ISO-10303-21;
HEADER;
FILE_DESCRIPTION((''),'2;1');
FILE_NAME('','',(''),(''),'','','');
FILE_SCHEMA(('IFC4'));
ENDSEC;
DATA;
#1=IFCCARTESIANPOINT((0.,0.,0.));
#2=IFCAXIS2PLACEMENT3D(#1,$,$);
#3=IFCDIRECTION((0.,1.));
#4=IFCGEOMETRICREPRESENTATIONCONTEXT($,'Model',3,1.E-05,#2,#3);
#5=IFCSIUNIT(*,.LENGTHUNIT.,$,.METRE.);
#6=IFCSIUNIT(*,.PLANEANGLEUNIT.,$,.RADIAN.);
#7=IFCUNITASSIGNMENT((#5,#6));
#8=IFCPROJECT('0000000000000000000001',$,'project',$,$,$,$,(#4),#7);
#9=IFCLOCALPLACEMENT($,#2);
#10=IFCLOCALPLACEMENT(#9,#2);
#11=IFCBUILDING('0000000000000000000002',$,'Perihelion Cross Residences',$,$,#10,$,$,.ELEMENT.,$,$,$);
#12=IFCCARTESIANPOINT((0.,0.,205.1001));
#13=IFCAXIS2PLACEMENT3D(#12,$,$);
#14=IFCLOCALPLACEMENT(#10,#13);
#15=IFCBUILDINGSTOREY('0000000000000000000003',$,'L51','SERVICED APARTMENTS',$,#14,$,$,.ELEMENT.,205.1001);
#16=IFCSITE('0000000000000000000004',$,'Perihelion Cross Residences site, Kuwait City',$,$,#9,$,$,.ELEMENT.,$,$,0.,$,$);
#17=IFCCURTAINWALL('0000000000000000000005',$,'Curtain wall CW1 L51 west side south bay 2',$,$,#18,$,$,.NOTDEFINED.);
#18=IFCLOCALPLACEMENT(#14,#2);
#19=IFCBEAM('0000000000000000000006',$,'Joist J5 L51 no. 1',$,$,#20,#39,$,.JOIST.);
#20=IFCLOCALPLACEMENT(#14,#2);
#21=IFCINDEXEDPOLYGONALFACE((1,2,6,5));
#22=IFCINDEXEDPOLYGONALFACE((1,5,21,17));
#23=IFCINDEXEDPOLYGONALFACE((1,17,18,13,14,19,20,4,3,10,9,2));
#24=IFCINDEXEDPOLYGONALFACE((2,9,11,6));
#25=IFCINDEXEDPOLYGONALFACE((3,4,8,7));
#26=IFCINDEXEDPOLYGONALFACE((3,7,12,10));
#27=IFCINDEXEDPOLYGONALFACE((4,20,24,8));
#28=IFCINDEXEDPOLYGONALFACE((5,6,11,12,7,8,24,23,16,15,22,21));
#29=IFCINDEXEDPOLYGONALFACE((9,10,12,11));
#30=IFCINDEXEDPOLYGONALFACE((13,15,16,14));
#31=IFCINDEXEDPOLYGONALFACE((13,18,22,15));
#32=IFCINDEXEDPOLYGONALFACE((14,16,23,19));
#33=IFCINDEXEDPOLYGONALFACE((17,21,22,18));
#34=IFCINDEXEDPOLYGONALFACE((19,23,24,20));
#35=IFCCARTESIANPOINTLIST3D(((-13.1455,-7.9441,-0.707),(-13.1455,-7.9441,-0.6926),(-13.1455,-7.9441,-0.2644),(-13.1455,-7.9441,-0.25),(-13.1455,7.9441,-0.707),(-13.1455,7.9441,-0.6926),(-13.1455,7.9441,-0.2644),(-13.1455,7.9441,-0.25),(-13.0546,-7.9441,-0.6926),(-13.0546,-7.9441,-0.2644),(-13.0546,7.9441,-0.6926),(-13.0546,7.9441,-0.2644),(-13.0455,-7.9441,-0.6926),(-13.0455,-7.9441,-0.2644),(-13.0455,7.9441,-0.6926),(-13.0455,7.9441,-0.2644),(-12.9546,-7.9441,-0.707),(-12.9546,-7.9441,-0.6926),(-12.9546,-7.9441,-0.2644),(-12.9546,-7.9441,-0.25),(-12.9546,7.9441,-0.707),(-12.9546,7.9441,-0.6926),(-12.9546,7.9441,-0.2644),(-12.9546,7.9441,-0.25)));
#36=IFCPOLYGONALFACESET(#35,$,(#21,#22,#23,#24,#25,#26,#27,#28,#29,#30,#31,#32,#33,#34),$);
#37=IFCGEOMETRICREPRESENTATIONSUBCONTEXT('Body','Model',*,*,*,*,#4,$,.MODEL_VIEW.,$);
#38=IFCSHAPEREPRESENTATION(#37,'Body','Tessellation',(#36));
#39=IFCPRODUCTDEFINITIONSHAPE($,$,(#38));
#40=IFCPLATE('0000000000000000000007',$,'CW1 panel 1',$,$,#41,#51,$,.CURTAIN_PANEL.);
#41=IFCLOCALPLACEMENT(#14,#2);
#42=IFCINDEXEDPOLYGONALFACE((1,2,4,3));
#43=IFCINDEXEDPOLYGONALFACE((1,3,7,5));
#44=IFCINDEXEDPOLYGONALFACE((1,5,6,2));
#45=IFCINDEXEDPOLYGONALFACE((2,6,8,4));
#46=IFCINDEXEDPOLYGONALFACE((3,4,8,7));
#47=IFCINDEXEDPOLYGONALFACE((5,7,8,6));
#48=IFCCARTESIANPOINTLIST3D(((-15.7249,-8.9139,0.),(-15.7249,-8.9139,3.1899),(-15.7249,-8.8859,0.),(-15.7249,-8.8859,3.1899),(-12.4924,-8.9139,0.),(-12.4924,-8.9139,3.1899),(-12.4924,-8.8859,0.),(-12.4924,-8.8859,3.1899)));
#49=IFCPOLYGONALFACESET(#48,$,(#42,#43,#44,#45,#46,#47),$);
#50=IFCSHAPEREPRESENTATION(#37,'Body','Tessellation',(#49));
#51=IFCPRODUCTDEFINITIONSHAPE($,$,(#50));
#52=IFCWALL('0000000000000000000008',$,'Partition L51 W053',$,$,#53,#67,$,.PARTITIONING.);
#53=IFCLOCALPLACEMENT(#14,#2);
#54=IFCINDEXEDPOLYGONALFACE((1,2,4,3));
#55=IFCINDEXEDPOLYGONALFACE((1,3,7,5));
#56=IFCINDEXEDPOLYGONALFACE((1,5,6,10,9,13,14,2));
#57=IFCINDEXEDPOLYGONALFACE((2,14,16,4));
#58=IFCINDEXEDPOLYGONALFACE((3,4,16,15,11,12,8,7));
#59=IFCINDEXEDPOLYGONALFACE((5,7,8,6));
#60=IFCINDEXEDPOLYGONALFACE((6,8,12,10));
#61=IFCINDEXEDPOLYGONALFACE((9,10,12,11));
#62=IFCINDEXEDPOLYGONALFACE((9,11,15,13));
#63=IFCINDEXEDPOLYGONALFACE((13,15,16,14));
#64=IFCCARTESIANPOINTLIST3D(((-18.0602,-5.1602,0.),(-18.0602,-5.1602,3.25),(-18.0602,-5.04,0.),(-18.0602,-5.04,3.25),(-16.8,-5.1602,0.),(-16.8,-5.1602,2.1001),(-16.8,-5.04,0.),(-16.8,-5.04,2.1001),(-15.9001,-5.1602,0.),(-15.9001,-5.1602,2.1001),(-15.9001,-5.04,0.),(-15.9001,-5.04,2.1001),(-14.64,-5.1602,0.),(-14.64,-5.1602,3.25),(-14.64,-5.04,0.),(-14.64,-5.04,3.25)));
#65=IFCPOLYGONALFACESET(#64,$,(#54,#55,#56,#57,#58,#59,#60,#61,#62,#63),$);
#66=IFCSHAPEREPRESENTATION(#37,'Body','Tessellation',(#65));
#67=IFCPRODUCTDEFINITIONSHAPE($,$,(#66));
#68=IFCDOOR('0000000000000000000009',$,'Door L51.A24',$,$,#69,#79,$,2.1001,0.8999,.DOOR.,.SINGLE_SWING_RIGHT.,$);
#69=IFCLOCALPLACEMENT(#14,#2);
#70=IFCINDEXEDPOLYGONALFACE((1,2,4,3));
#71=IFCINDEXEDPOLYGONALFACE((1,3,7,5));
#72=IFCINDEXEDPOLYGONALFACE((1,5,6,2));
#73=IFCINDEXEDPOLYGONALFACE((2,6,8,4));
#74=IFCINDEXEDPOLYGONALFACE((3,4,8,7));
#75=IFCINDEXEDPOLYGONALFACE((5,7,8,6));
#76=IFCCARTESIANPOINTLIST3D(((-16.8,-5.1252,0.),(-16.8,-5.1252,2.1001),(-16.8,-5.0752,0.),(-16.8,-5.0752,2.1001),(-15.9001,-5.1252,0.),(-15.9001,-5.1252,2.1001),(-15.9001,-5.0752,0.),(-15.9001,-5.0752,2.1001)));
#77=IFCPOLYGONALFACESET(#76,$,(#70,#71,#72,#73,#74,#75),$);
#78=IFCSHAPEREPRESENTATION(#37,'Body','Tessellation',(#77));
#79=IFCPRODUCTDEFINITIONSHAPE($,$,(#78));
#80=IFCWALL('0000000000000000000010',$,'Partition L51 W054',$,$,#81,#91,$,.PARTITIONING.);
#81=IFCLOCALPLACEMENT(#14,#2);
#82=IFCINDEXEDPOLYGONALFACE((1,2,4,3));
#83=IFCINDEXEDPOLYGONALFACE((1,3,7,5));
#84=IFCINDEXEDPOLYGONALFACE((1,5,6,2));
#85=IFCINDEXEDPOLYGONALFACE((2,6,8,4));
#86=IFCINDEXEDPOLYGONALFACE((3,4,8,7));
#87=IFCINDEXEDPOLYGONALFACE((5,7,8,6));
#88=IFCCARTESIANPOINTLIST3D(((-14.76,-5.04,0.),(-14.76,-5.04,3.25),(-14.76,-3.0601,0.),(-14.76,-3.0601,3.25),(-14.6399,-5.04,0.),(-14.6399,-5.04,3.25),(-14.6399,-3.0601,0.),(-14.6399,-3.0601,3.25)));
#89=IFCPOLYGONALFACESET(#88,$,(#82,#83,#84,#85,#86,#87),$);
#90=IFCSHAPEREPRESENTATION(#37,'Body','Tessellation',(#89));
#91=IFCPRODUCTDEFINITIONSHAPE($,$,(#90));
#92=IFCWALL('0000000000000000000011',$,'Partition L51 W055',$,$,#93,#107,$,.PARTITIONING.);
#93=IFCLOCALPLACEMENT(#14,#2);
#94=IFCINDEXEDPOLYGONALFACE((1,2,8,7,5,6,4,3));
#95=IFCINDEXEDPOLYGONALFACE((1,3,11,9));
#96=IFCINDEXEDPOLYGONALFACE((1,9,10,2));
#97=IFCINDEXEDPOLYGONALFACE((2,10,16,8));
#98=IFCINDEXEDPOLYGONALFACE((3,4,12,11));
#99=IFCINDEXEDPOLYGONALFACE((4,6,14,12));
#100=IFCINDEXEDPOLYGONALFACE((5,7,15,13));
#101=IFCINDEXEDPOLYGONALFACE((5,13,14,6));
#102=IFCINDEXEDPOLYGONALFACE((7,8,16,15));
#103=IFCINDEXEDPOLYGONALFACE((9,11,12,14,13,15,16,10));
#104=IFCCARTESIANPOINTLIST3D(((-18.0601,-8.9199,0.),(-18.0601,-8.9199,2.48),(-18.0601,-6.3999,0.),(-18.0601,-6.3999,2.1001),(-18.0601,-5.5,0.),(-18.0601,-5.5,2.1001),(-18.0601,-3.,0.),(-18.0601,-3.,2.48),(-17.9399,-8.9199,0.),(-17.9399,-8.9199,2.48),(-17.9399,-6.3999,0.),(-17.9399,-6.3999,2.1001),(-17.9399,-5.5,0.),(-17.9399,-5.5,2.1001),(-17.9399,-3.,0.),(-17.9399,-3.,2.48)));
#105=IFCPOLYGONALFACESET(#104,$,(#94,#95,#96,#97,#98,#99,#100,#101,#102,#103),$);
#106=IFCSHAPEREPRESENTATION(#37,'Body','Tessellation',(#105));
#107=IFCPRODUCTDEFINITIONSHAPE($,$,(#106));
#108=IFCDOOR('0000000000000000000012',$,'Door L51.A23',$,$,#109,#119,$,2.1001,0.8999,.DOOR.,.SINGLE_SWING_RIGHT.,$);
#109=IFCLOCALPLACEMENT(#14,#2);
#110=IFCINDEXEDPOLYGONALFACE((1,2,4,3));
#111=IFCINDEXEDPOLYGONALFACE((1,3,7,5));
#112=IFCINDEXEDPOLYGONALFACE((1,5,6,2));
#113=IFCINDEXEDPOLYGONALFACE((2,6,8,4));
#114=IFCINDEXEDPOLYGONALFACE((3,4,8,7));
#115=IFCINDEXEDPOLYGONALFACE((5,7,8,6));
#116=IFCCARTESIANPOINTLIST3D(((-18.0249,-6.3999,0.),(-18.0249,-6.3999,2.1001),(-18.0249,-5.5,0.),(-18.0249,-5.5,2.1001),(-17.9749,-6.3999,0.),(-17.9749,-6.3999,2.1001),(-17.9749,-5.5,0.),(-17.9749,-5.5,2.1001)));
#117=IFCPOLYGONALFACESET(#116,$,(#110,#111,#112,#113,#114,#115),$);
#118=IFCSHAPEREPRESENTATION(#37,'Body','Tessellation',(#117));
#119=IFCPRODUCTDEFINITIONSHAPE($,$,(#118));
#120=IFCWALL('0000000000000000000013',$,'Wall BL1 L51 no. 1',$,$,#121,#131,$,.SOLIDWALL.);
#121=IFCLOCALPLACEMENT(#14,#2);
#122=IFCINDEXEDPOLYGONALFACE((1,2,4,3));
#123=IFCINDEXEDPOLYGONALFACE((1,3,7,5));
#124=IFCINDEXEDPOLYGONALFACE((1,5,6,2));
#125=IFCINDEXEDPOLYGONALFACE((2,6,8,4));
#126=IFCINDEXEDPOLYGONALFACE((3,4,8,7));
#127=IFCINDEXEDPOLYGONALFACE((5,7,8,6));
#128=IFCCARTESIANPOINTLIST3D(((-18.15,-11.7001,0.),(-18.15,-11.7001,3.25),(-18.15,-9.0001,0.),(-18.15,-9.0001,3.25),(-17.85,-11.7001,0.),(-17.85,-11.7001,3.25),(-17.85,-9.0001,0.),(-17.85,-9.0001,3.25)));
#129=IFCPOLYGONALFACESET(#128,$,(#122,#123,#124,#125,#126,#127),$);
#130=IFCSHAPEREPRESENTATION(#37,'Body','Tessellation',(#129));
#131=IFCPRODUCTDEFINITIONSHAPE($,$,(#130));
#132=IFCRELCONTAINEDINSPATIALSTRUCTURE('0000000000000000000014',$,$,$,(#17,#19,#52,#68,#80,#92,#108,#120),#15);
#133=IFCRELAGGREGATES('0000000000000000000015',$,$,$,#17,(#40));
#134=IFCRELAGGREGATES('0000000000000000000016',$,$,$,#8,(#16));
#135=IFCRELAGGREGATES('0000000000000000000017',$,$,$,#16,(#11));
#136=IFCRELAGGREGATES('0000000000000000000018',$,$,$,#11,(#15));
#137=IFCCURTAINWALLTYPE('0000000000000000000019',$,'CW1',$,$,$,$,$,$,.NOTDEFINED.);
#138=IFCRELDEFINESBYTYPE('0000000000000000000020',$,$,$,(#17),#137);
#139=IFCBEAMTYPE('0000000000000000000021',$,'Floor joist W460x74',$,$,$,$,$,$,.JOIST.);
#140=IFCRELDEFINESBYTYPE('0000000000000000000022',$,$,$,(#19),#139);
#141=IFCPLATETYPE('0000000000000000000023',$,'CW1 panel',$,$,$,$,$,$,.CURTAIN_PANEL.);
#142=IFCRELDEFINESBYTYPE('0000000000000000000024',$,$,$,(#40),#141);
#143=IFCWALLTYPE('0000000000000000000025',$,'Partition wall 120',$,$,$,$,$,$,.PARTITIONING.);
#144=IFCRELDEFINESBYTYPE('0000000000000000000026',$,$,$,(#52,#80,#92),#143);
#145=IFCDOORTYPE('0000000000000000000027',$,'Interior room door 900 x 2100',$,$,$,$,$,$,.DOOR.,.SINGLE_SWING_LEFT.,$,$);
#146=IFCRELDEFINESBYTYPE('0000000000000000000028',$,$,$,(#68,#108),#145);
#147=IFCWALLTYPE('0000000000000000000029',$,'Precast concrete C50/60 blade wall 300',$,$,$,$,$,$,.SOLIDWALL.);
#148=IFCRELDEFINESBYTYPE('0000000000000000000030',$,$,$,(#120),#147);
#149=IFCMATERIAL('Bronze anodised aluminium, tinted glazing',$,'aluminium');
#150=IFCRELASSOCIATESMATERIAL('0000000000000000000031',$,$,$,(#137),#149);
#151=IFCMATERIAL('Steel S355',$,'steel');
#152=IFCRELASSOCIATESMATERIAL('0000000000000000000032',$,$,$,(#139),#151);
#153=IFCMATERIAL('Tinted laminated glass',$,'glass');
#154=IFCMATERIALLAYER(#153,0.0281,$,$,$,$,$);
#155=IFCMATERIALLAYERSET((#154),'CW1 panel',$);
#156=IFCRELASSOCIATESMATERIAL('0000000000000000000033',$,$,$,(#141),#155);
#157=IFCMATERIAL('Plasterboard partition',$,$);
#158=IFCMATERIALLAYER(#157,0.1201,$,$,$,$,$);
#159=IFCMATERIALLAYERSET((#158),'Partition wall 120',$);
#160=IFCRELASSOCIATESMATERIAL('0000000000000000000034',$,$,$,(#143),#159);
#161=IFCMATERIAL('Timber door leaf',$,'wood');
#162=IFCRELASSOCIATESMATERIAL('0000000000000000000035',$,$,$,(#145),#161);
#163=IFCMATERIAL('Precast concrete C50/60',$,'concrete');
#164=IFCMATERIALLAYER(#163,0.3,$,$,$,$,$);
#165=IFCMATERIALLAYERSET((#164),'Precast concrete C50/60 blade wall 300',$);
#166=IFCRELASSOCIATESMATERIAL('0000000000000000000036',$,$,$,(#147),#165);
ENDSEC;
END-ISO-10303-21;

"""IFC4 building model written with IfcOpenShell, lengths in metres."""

from ifc_helpers import new_model, si_unit, direction, frame, frame_2d, origin, origin_2d, place, context, subcontext, project, spatial, rectangle, i_section, extrude, material, layer, layer_set, material_profile, profile_set, type_object, element, fill, aggregate, save


model = new_model("IFC4")

# Units and contexts
model_context = context("Model", 3, precision=1e-05, world=origin(), true_north=direction((0.0, 1.0)))
body_context = subcontext(model_context, "Body", "Model", "MODEL_VIEW")
ifc_project = project(units=[si_unit("LENGTHUNIT", "METRE"), si_unit("PLANEANGLEUNIT", "RADIAN")], contexts=[model_context])

# Site, building, storey
site_placement = place(None, origin())
site = spatial("IfcSite", under=ifc_project, at=site_placement, Name="Perihelion Cross Residences site, Kuwait City", CompositionType="ELEMENT", RefElevation=0.0)
building_placement = place(site_placement, origin())
building = spatial("IfcBuilding", under=site, at=building_placement, Name="Perihelion Cross Residences", CompositionType="ELEMENT")
storey_placement = place(building_placement, frame((0.0, 0.0, 205.1001)))
storey = spatial("IfcBuildingStorey", under=building, at=storey_placement, Name="L51", Description="SERVICED APARTMENTS", CompositionType="ELEMENT", Elevation=205.1001)

# Curtain wall
ifc_material_1 = material(Name="Bronze anodised aluminium, tinted glazing", Category="aluminium")
curtain_wall_type = type_object("IfcCurtainWallType", Name="CW1", PredefinedType="NOTDEFINED", material=ifc_material_1)
curtain_wall_placement = place(storey_placement, origin())
curtain_wall = element("IfcCurtainWall", 1, at=curtain_wall_placement, inside=storey, type_object=curtain_wall_type, Name="Curtain wall CW1 L51 west side south bay 2", PredefinedType="NOTDEFINED")

# Beam
ifc_material_2 = material(Name="Steel S355", Category="steel")
ifc_material_profile_1 = material_profile(ifc_material_2, i_section(OverallWidth=0.1909, OverallDepth=0.457, WebThickness=0.009, FlangeThickness=0.0144, at=origin_2d()), Name="W460x74")
ifc_profile_set_1 = profile_set([ifc_material_profile_1], Name="Steel S355")
beam_type_1 = type_object("IfcBeamType", Name="Floor joist W460x74", PredefinedType="JOIST", material=ifc_profile_set_1)
beam_1_placement = place(storey_placement, frame((-13.05, -7.9441, -0.4785), z_axis=(0.0, 1.0, 0.0), x_axis=(-1.0, 0.0, 0.0)))
element("IfcBeam", 2, at=beam_1_placement, inside=storey, type_object=beam_type_1, Name="Joist J5 L51 no. 1", PredefinedType="JOIST", context=body_context, shape_type="SweptSolid", body=[
    extrude(i_section(OverallWidth=0.1909, OverallDepth=0.457, WebThickness=0.009, FlangeThickness=0.0144, at=origin_2d()), origin(), (0.0, 0.0, 1.0), 15.8882),
])

# Plate
ifc_material_3 = material(Name="Tinted laminated glass", Category="glass")
ifc_layer_1 = layer(ifc_material_3, 0.0281)
ifc_layer_set_1 = layer_set([ifc_layer_1], Name="CW1 panel")
plate_type = type_object("IfcPlateType", Name="CW1 panel", PredefinedType="CURTAIN_PANEL", material=ifc_layer_set_1)
plate_placement = place(storey_placement, frame((-14.1086, -8.8999, 0.0), z_axis=(0.0, 0.0, 1.0), x_axis=(1.0, 0.0, 0.0)))
plate = element("IfcPlate", 3, at=plate_placement, type_object=plate_type, Name="CW1 panel 1", PredefinedType="CURTAIN_PANEL", context=body_context, shape_type="SweptSolid", body=[
    extrude(rectangle(XDim=3.2324, YDim=0.0281, at=origin_2d()), origin(), (0.0, 0.0, 1.0), 3.1899),
])
aggregate(curtain_wall, [plate])

# Wall, opening, door
ifc_material_4 = material(Name="Plasterboard partition")
ifc_layer_2 = layer(ifc_material_4, 0.1201)
ifc_layer_set_2 = layer_set([ifc_layer_2], Name="Partition wall 120")
wall_type_1 = type_object("IfcWallType", Name="Partition wall 120", PredefinedType="PARTITIONING", material=ifc_layer_set_2)
wall_1_placement = place(storey_placement, frame((-18.0601, -5.1001, 0.0), z_axis=(0.0, 0.0, 1.0), x_axis=(1.0, 0.0, 0.0)))
wall_1 = element("IfcWall", 4, at=wall_1_placement, inside=storey, type_object=wall_type_1, Name="Partition L51 W053", PredefinedType="PARTITIONING", context=body_context, shape_type="SweptSolid", body=[
    extrude(rectangle(XDim=3.4202, YDim=0.1201, at=frame_2d((1.71, 0.0))), origin(), (0.0, 0.0, 1.0), 3.25),
])
opening_1_placement = place(wall_1_placement, frame((1.26, 0.0, 0.0)))
opening_1 = element("IfcOpeningElement", 5, at=opening_1_placement, cuts=wall_1, PredefinedType="OPENING", context=body_context, shape_type="SweptSolid", body=[
    extrude(rectangle(XDim=0.8999, YDim=2.1001, at=frame_2d((0.45, 1.05))), frame((0.0, 0.0701, 0.0), z_axis=(0.0, -1.0, 0.0), x_axis=(1.0, 0.0, 0.0)), (0.0, 0.0, 1.0), 0.1401),
])
ifc_material_5 = material(Name="Timber door leaf", Category="wood")
door_type_1 = type_object("IfcDoorType", Name="Interior room door 900 x 2100", OperationType="SINGLE_SWING_LEFT", PredefinedType="DOOR", material=ifc_material_5)
door_1_placement = place(opening_1_placement, origin())
door_1 = element("IfcDoor", 6, at=door_1_placement, inside=storey, type_object=door_type_1, Name="Door L51.A24", OperationType="SINGLE_SWING_RIGHT", OverallHeight=2.1001, OverallWidth=0.8999, PredefinedType="DOOR", context=body_context, shape_type="SweptSolid", body=[
    extrude(rectangle(XDim=0.8999, YDim=2.1001, at=frame_2d((0.45, 1.05))), frame((0.0, 0.0249, 0.0), z_axis=(0.0, -1.0, 0.0), x_axis=(1.0, 0.0, 0.0)), (0.0, 0.0, 1.0), 0.05),
])
fill(opening_1, door_1)

# Wall
wall_2_placement = place(storey_placement, frame((-14.7, -5.04, 0.0), z_axis=(0.0, 0.0, 1.0), x_axis=(0.0, 1.0, 0.0)))
element("IfcWall", 7, at=wall_2_placement, inside=storey, type_object=wall_type_1, Name="Partition L51 W054", PredefinedType="PARTITIONING", context=body_context, shape_type="SweptSolid", body=[
    extrude(rectangle(XDim=1.98, YDim=0.1201, at=frame_2d((0.99, 0.0))), origin(), (0.0, 0.0, 1.0), 3.25),
])

# Wall, opening, door
wall_3_placement = place(storey_placement, frame((-18.0, -8.9199, 0.0), z_axis=(0.0, 0.0, 1.0), x_axis=(0.0, 1.0, 0.0)))
wall_3 = element("IfcWall", 8, at=wall_3_placement, inside=storey, type_object=wall_type_1, Name="Partition L51 W055", PredefinedType="PARTITIONING", context=body_context, shape_type="SweptSolid", body=[
    extrude(rectangle(XDim=5.9199, YDim=0.1201, at=frame_2d((2.96, 0.0))), origin(), (0.0, 0.0, 1.0), 2.48),
])
opening_2_placement = place(wall_3_placement, frame((2.52, 0.0, 0.0)))
opening_2 = element("IfcOpeningElement", 9, at=opening_2_placement, cuts=wall_3, PredefinedType="OPENING", context=body_context, shape_type="SweptSolid", body=[
    extrude(rectangle(XDim=0.8999, YDim=2.1001, at=frame_2d((0.45, 1.05))), frame((0.0, 0.0701, 0.0), z_axis=(0.0, -1.0, 0.0), x_axis=(1.0, 0.0, 0.0)), (0.0, 0.0, 1.0), 0.1401),
])
door_2_placement = place(opening_2_placement, origin())
door_2 = element("IfcDoor", 10, at=door_2_placement, inside=storey, type_object=door_type_1, Name="Door L51.A23", OperationType="SINGLE_SWING_RIGHT", OverallHeight=2.1001, OverallWidth=0.8999, PredefinedType="DOOR", context=body_context, shape_type="SweptSolid", body=[
    extrude(rectangle(XDim=0.8999, YDim=2.1001, at=frame_2d((0.45, 1.05))), frame((0.0, 0.0249, 0.0), z_axis=(0.0, -1.0, 0.0), x_axis=(1.0, 0.0, 0.0)), (0.0, 0.0, 1.0), 0.05),
])
fill(opening_2, door_2)

# Wall
ifc_material_6 = material(Name="Precast concrete C50/60", Category="concrete")
ifc_layer_3 = layer(ifc_material_6, 0.3)
ifc_layer_set_3 = layer_set([ifc_layer_3], Name="Precast concrete C50/60 blade wall 300")
wall_type_2 = type_object("IfcWallType", Name="Precast concrete C50/60 blade wall 300", PredefinedType="SOLIDWALL", material=ifc_layer_set_3)
wall_4_placement = place(storey_placement, frame((-18.0, -9.0, 0.0), z_axis=(0.0, 0.0, 1.0), x_axis=(0.0, -1.0, 0.0)))
element("IfcWall", 11, at=wall_4_placement, inside=storey, type_object=wall_type_2, Name="Wall BL1 L51 no. 1", PredefinedType="SOLIDWALL", context=body_context, shape_type="SweptSolid", body=[
    extrude(rectangle(XDim=2.7, YDim=0.3, at=frame_2d((1.3501, 0.0))), origin(), (0.0, 0.0, 1.0), 3.25),
])

save(model, "model.ifc")
